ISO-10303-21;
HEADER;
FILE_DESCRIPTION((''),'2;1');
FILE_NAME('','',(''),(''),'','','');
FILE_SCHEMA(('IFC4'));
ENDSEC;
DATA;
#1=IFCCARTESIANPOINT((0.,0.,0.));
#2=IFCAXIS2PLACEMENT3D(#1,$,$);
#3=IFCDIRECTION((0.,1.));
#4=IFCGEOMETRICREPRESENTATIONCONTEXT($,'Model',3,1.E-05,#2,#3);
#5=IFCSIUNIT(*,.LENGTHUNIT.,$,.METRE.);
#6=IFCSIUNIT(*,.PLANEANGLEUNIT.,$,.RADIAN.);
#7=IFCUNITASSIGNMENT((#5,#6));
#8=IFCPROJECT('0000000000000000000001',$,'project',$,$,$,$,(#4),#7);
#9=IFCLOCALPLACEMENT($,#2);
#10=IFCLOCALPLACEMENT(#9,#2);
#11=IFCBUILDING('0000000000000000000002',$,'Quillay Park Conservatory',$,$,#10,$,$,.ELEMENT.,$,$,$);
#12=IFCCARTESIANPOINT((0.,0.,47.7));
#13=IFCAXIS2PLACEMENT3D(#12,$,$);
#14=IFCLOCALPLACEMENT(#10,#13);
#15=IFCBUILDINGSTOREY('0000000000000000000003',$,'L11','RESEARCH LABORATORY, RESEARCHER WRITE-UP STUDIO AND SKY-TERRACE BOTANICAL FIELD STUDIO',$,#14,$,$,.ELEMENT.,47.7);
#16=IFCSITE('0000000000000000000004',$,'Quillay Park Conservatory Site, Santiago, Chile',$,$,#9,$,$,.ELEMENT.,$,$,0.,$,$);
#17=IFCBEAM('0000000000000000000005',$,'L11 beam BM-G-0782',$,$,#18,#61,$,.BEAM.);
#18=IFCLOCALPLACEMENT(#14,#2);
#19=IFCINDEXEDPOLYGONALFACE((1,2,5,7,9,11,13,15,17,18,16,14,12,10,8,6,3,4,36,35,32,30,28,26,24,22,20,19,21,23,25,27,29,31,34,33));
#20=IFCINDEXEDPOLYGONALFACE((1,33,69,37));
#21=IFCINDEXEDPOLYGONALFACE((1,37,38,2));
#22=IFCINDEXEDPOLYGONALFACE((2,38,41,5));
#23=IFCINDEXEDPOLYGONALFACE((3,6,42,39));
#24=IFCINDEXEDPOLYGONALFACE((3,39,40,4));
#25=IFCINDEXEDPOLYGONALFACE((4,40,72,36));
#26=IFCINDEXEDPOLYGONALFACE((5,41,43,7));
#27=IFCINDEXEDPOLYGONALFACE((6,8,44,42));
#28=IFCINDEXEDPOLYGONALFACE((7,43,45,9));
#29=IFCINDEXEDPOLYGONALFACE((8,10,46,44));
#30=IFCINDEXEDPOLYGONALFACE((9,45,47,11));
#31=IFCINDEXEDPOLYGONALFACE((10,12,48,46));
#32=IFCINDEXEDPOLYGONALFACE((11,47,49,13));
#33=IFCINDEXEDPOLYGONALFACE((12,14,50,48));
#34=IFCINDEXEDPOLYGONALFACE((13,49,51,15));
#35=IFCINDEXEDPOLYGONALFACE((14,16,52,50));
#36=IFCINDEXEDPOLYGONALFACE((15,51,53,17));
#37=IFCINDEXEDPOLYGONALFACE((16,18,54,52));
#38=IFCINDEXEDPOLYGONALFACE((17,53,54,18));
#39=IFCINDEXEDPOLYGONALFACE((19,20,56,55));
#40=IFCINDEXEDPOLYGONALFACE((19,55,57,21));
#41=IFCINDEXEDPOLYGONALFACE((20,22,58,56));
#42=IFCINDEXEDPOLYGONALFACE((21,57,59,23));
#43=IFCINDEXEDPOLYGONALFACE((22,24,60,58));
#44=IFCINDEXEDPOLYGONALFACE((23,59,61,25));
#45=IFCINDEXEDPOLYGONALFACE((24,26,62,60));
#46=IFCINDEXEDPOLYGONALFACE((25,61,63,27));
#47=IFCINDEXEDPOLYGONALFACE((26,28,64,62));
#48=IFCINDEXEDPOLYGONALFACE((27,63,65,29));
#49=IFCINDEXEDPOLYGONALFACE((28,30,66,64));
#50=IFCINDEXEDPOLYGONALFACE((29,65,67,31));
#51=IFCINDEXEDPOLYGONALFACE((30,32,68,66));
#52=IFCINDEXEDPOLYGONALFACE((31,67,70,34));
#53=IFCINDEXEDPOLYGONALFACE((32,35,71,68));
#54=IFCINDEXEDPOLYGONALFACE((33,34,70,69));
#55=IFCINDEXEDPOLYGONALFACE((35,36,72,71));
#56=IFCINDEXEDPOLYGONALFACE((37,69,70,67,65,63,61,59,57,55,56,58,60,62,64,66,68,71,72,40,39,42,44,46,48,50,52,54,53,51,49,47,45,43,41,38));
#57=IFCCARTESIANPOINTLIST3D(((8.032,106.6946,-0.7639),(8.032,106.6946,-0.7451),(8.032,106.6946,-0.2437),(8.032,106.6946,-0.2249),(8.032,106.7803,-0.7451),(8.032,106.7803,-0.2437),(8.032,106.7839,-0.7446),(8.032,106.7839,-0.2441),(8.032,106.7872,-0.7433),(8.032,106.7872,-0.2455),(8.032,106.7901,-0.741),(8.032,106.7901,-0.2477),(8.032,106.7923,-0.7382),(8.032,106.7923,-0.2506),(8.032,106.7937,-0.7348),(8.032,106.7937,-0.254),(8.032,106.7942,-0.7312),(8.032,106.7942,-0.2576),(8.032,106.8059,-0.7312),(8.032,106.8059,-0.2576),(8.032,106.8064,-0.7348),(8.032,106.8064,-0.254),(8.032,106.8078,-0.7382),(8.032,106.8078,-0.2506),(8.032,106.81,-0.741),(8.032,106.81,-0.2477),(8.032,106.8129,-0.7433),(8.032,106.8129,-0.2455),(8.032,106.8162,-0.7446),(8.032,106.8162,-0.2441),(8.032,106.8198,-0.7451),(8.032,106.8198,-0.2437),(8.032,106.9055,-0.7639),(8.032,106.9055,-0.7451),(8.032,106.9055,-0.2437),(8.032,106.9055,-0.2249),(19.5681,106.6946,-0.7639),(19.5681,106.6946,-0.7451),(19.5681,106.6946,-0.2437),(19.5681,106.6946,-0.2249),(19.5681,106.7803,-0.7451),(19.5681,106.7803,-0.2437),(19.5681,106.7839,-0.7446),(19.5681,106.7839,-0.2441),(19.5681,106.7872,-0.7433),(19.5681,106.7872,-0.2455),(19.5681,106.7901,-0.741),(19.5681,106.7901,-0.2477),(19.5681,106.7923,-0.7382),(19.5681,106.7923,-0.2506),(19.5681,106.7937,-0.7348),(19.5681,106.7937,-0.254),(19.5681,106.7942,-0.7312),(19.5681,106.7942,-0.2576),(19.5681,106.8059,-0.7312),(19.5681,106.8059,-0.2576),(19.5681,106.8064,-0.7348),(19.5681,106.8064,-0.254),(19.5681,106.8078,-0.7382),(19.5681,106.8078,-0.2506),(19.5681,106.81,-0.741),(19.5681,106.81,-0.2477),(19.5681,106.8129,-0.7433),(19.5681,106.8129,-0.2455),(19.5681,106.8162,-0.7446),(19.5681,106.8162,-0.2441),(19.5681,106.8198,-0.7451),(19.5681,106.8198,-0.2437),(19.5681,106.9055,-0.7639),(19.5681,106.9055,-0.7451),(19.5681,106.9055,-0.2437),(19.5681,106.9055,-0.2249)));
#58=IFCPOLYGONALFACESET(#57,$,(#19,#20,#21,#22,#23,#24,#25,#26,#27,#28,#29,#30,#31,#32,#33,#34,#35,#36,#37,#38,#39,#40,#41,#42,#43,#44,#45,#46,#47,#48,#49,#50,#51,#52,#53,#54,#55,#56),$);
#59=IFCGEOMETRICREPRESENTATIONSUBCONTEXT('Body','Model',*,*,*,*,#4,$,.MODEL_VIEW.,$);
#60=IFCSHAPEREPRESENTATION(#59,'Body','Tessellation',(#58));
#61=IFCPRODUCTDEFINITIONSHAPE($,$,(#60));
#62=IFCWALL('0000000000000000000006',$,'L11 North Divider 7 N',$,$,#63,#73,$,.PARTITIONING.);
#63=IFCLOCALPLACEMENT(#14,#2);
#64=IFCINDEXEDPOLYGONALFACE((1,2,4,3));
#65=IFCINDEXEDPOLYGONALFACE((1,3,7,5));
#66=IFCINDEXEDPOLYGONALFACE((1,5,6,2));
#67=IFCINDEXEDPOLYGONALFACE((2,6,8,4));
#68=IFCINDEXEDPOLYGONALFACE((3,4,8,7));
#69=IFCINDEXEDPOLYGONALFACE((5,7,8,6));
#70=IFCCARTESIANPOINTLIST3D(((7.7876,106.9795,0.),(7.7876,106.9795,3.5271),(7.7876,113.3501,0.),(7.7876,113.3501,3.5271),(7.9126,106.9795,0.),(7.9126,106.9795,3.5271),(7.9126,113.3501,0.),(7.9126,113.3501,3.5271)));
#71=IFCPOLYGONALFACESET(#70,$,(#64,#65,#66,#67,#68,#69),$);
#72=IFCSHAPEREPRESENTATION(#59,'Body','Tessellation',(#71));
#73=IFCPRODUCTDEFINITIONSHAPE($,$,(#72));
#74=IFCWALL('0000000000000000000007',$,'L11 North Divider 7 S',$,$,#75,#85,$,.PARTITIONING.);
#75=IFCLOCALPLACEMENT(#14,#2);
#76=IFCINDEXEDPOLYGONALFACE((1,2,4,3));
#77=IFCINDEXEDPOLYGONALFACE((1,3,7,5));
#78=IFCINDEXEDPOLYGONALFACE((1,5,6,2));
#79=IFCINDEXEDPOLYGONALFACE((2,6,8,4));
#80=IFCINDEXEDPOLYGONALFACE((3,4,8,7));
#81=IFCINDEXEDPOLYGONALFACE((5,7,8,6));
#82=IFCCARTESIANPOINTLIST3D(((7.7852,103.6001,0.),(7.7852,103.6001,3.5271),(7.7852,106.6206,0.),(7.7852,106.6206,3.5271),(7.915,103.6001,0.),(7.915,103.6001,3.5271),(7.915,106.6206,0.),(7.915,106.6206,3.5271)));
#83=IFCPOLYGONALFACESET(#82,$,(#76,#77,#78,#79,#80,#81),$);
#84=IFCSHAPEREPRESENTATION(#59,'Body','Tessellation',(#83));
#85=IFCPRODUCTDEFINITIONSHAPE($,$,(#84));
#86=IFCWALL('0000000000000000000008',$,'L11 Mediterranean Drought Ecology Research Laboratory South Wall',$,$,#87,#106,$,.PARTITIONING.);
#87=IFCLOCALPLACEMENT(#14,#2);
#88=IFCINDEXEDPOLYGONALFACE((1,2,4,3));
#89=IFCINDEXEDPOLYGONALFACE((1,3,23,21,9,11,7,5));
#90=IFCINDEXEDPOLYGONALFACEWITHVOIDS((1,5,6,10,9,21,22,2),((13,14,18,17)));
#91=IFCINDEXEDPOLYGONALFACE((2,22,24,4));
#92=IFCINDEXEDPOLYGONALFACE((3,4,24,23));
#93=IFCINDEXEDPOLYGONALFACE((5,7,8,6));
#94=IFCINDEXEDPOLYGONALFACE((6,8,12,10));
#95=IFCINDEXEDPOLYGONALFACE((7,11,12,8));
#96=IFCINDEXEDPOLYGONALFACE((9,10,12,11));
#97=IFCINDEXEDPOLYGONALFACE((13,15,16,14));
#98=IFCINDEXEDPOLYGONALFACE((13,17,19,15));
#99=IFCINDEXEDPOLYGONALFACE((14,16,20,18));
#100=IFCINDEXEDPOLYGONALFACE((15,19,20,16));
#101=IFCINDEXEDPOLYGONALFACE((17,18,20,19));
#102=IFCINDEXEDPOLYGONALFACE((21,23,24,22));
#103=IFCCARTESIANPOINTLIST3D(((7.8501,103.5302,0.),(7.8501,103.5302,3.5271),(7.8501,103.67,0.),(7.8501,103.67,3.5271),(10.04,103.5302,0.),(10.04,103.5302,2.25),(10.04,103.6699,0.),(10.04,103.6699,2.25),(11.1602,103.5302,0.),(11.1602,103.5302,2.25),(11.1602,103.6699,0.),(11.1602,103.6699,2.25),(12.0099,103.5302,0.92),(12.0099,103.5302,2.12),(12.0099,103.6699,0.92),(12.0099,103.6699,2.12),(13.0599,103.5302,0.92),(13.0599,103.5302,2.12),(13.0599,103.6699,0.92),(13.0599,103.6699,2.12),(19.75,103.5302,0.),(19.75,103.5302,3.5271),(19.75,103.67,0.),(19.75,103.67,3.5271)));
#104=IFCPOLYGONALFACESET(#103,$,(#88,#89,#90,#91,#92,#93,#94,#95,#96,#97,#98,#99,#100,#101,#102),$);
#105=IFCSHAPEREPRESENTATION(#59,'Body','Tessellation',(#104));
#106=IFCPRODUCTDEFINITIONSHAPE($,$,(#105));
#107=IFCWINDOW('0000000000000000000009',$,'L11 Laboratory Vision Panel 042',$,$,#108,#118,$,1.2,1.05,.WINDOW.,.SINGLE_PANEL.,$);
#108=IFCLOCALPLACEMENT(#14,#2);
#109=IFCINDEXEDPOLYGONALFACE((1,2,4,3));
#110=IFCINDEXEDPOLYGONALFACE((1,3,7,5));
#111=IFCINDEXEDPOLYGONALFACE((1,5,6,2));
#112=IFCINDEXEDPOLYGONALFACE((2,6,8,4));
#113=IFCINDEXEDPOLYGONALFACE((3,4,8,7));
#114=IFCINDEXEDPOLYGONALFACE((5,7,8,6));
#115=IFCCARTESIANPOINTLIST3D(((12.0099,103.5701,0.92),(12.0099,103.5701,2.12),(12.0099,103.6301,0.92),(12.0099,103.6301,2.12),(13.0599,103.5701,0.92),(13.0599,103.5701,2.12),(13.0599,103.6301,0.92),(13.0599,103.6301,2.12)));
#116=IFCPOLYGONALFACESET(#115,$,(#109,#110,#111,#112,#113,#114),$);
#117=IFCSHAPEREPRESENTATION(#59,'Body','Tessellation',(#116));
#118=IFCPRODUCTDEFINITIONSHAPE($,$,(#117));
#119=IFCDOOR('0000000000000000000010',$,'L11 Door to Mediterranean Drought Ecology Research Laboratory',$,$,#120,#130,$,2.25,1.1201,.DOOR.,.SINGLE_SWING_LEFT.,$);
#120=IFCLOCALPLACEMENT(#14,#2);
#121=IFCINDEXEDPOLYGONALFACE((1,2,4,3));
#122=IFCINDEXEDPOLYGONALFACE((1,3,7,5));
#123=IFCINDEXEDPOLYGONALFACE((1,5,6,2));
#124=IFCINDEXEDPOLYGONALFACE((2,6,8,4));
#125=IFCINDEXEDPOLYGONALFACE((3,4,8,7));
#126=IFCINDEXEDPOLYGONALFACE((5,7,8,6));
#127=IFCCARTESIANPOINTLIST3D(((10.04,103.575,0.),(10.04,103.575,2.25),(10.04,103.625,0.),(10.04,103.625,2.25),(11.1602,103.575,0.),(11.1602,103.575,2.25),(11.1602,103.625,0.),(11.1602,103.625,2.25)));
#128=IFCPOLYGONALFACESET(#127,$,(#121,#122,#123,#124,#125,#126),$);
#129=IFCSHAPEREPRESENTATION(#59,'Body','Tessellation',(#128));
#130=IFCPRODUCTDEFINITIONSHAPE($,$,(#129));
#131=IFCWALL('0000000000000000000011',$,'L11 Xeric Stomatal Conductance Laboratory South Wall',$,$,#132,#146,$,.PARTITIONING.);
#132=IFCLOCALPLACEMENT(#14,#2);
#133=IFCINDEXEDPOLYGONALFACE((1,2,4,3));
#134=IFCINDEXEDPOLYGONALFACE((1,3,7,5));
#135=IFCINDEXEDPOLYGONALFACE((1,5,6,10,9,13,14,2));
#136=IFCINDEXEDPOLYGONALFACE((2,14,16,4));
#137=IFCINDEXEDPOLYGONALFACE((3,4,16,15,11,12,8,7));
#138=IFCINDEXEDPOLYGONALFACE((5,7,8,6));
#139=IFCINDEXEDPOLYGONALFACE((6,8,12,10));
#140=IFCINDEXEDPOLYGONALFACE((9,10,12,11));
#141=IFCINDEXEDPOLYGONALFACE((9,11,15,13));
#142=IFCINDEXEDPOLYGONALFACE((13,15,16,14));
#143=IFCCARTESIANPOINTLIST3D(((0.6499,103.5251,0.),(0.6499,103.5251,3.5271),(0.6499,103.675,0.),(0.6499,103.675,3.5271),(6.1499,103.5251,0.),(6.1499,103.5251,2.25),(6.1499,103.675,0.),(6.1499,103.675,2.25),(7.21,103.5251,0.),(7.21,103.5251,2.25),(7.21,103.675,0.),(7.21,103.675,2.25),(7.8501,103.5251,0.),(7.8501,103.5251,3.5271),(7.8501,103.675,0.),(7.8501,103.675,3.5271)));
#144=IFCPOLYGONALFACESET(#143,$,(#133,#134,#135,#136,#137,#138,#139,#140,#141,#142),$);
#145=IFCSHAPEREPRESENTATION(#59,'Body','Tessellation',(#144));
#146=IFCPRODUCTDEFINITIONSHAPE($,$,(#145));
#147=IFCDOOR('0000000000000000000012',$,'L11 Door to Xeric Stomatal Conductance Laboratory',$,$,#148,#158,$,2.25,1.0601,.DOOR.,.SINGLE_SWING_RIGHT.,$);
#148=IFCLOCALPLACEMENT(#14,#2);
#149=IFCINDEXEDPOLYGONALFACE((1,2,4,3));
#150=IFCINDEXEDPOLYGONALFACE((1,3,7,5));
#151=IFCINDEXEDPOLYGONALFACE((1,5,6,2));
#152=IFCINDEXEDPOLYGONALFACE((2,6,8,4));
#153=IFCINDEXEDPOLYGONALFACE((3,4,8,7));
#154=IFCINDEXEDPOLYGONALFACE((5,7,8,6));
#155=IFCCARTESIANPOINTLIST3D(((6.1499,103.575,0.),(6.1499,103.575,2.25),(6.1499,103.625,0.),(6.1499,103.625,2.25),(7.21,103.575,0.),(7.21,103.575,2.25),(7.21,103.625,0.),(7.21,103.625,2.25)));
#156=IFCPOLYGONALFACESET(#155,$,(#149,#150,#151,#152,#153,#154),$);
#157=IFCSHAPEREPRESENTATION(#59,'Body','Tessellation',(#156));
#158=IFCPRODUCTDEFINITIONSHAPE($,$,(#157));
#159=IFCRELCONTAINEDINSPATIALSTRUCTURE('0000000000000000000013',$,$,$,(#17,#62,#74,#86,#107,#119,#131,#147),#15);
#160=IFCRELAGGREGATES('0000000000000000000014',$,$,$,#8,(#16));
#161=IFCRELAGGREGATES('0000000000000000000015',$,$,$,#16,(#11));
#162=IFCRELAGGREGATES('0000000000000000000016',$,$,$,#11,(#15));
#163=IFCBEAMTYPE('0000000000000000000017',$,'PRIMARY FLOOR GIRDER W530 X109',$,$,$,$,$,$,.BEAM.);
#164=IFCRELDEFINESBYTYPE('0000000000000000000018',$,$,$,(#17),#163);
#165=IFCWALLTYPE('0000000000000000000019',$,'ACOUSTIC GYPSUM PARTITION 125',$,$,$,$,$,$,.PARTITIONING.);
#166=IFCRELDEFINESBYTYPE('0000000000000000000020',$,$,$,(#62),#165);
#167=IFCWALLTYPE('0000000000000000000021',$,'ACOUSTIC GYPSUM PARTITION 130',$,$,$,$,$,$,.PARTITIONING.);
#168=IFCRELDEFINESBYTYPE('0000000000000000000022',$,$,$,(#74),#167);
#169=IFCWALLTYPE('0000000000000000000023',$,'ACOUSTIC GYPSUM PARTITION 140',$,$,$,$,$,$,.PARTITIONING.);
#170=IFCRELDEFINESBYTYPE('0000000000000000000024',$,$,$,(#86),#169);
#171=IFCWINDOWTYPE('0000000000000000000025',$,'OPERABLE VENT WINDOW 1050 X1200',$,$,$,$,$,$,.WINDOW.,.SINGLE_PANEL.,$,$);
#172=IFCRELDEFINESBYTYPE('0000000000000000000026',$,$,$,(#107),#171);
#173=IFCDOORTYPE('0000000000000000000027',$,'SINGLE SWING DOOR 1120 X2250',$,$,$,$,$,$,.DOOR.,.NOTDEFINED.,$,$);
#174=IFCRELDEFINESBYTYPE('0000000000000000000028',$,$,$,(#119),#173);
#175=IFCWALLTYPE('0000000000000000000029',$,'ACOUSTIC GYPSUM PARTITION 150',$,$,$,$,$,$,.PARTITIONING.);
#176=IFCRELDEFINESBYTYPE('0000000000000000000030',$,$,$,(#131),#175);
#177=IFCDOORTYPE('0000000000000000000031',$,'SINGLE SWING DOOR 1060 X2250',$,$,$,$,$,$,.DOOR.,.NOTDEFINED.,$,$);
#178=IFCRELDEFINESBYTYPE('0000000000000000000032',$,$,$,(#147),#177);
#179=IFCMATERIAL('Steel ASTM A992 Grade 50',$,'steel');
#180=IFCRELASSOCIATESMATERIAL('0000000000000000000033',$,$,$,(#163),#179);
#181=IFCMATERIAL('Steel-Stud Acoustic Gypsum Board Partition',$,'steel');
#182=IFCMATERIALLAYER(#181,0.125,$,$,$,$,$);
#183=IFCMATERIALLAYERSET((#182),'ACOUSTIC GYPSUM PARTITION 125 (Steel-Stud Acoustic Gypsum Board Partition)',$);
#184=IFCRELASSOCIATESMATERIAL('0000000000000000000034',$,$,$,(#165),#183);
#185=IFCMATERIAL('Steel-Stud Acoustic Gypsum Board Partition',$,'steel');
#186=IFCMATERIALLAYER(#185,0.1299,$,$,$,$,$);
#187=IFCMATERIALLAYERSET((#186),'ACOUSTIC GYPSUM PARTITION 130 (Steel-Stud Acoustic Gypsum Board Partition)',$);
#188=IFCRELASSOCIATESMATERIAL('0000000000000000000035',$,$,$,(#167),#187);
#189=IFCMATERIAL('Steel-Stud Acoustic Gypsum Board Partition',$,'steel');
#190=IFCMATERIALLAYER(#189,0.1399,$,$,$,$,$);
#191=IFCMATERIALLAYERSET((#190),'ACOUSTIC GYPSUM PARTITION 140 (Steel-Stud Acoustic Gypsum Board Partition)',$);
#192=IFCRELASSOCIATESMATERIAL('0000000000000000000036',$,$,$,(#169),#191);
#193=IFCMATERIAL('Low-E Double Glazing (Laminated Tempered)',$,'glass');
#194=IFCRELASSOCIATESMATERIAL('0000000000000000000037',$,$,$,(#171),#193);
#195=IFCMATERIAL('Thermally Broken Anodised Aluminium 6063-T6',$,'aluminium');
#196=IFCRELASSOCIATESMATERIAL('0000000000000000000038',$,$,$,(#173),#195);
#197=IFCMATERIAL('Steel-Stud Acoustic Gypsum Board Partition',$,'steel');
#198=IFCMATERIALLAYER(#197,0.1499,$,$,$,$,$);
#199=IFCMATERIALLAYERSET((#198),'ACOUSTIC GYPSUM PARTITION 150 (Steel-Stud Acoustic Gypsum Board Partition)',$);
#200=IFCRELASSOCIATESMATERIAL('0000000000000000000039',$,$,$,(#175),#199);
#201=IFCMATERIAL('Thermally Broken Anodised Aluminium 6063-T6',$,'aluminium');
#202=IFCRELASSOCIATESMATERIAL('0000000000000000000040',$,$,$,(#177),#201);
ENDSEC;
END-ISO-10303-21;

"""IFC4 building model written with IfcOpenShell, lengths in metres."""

from ifc_helpers import new_model, si_unit, direction, frame, frame_2d, origin, origin_2d, place, context, subcontext, project, spatial, rectangle, i_section, extrude, material, layer, layer_set, material_profile, profile_set, type_object, element, fill, save


model = new_model("IFC4")

# Units and contexts
model_context = context("Model", 3, precision=1e-05, world=origin(), true_north=direction((0.0, 1.0)))
body_context = subcontext(model_context, "Body", "Model", "MODEL_VIEW")
ifc_project = project(units=[si_unit("LENGTHUNIT", "METRE"), si_unit("PLANEANGLEUNIT", "RADIAN")], contexts=[model_context])

# Site, building, storey
site_placement = place(None, origin())
site = spatial("IfcSite", under=ifc_project, at=site_placement, Name="Quillay Park Conservatory Site, Santiago, Chile", CompositionType="ELEMENT", RefElevation=0.0)
building_placement = place(site_placement, origin())
building = spatial("IfcBuilding", under=site, at=building_placement, Name="Quillay Park Conservatory", CompositionType="ELEMENT")
storey_placement = place(building_placement, frame((0.0, 0.0, 47.7)))
storey = spatial("IfcBuildingStorey", under=building, at=storey_placement, Name="L11", Description="RESEARCH LABORATORY, RESEARCHER WRITE-UP STUDIO AND SKY-TERRACE BOTANICAL FIELD STUDIO", CompositionType="ELEMENT", Elevation=47.7)

# Beam
ifc_material_1 = material(Name="Steel ASTM A992 Grade 50", Category="steel")
ifc_material_profile_1 = material_profile(ifc_material_1, i_section(OverallWidth=0.2109, OverallDepth=0.5391, WebThickness=0.0117, FlangeThickness=0.0188, FilletRadius=0.0139, at=origin_2d()), Name="W530x109")
ifc_profile_set_1 = profile_set([ifc_material_profile_1], Name="Steel ASTM A992 Grade 50")
beam_type_1 = type_object("IfcBeamType", Name="PRIMARY FLOOR GIRDER W530 X109", PredefinedType="BEAM", material=ifc_profile_set_1)
beam_1_placement = place(storey_placement, frame((8.032, 106.8, -0.4944), z_axis=(1.0, 0.0, 0.0), x_axis=(0.0, 1.0, 0.0)))
element("IfcBeam", 1, at=beam_1_placement, inside=storey, type_object=beam_type_1, Name="L11 beam BM-G-0782", PredefinedType="BEAM", context=body_context, shape_type="SweptSolid", body=[
    extrude(i_section(OverallWidth=0.2109, OverallDepth=0.5391, WebThickness=0.0117, FlangeThickness=0.0188, FilletRadius=0.0139, at=origin_2d()), origin(), (0.0, 0.0, 1.0), 11.5361),
])

# Walls
ifc_material_2 = material(Name="Steel-Stud Acoustic Gypsum Board Partition", Category="steel")
ifc_layer_1 = layer(ifc_material_2, 0.125)
ifc_layer_set_1 = layer_set([ifc_layer_1], Name="ACOUSTIC GYPSUM PARTITION 125 (Steel-Stud Acoustic Gypsum Board Partition)")
wall_type_1 = type_object("IfcWallType", Name="ACOUSTIC GYPSUM PARTITION 125", PredefinedType="PARTITIONING", material=ifc_layer_set_1)
wall_1_placement = place(storey_placement, frame((7.8501, 113.3501, 0.0), z_axis=(0.0, 0.0, 1.0), x_axis=(0.0, -1.0, 0.0)))
element("IfcWall", 2, at=wall_1_placement, inside=storey, type_object=wall_type_1, Name="L11 North Divider 7 N", PredefinedType="PARTITIONING", context=body_context, shape_type="SweptSolid", body=[
    extrude(rectangle(XDim=6.3706, YDim=0.125, at=frame_2d((3.1853, 0.0))), origin(), (0.0, 0.0, 1.0), 3.5271),
])
ifc_material_3 = material(Name="Steel-Stud Acoustic Gypsum Board Partition", Category="steel")
ifc_layer_2 = layer(ifc_material_3, 0.1299)
ifc_layer_set_2 = layer_set([ifc_layer_2], Name="ACOUSTIC GYPSUM PARTITION 130 (Steel-Stud Acoustic Gypsum Board Partition)")
wall_type_2 = type_object("IfcWallType", Name="ACOUSTIC GYPSUM PARTITION 130", PredefinedType="PARTITIONING", material=ifc_layer_set_2)
wall_2_placement = place(storey_placement, frame((7.8501, 106.6206, 0.0), z_axis=(0.0, 0.0, 1.0), x_axis=(0.0, -1.0, 0.0)))
element("IfcWall", 3, at=wall_2_placement, inside=storey, type_object=wall_type_2, Name="L11 North Divider 7 S", PredefinedType="PARTITIONING", context=body_context, shape_type="SweptSolid", body=[
    extrude(rectangle(XDim=3.0205, YDim=0.1299, at=frame_2d((1.5103, 0.0))), origin(), (0.0, 0.0, 1.0), 3.5271),
])

# Wall, openings, window, door
ifc_material_4 = material(Name="Steel-Stud Acoustic Gypsum Board Partition", Category="steel")
ifc_layer_3 = layer(ifc_material_4, 0.1399)
ifc_layer_set_3 = layer_set([ifc_layer_3], Name="ACOUSTIC GYPSUM PARTITION 140 (Steel-Stud Acoustic Gypsum Board Partition)")
wall_type_3 = type_object("IfcWallType", Name="ACOUSTIC GYPSUM PARTITION 140", PredefinedType="PARTITIONING", material=ifc_layer_set_3)
wall_3_placement = place(storey_placement, frame((7.8501, 103.6001, 0.0), z_axis=(0.0, 0.0, 1.0), x_axis=(1.0, 0.0, 0.0)))
wall_3 = element("IfcWall", 4, at=wall_3_placement, inside=storey, type_object=wall_type_3, Name="L11 Mediterranean Drought Ecology Research Laboratory South Wall", PredefinedType="PARTITIONING", context=body_context, shape_type="SweptSolid", body=[
    extrude(rectangle(XDim=11.8999, YDim=0.1399, at=frame_2d((5.95, 0.0))), origin(), (0.0, 0.0, 1.0), 3.5271),
])
opening_1_placement = place(wall_3_placement, frame((2.1899, 0.0, 0.0)))
opening_1 = element("IfcOpeningElement", 5, at=opening_1_placement, cuts=wall_3, PredefinedType="OPENING", context=body_context, shape_type="SweptSolid", body=[
    extrude(rectangle(XDim=1.1201, YDim=2.25, at=frame_2d((0.5601, 1.125))), frame((0.0, 0.0698, 0.0), z_axis=(0.0, -1.0, 0.0), x_axis=(1.0, 0.0, 0.0)), (0.0, 0.0, 1.0), 0.1399),
])
opening_2_placement = place(wall_3_placement, frame((4.1599, 0.0, 0.9199)))
opening_2 = element("IfcOpeningElement", 6, at=opening_2_placement, cuts=wall_3, PredefinedType="OPENING", context=body_context, shape_type="SweptSolid", body=[
    extrude(rectangle(XDim=1.05, YDim=1.2, at=frame_2d((0.5249, 0.6001))), frame((0.0, 0.0698, 0.0), z_axis=(0.0, -1.0, 0.0), x_axis=(1.0, 0.0, 0.0)), (0.0, 0.0, 1.0), 0.1399),
])
ifc_material_5 = material(Name="Low-E Double Glazing (Laminated Tempered)", Category="glass")
window_type_1 = type_object("IfcWindowType", Name="OPERABLE VENT WINDOW 1050 X1200", PartitioningType="SINGLE_PANEL", PredefinedType="WINDOW", material=ifc_material_5)
window_1_placement = place(opening_2_placement, origin())
window_1 = element("IfcWindow", 7, at=window_1_placement, inside=storey, type_object=window_type_1, Name="L11 Laboratory Vision Panel 042", OverallHeight=1.2, OverallWidth=1.05, PartitioningType="SINGLE_PANEL", PredefinedType="WINDOW", context=body_context, shape_type="SweptSolid", body=[
    extrude(rectangle(XDim=1.05, YDim=1.2, at=frame_2d((0.5249, 0.6001))), frame((0.0, 0.03, 0.0), z_axis=(0.0, -1.0, 0.0), x_axis=(1.0, 0.0, 0.0)), (0.0, 0.0, 1.0), 0.0601),
])
fill(opening_2, window_1)
ifc_material_6 = material(Name="Thermally Broken Anodised Aluminium 6063-T6", Category="aluminium")
door_type_1 = type_object("IfcDoorType", Name="SINGLE SWING DOOR 1120 X2250", OperationType="NOTDEFINED", PredefinedType="DOOR", material=ifc_material_6)
door_1_placement = place(opening_1_placement, origin())
door_1 = element("IfcDoor", 8, at=door_1_placement, inside=storey, type_object=door_type_1, Name="L11 Door to Mediterranean Drought Ecology Research Laboratory", OperationType="SINGLE_SWING_LEFT", OverallHeight=2.25, OverallWidth=1.1201, PredefinedType="DOOR", context=body_context, shape_type="SweptSolid", body=[
    extrude(rectangle(XDim=1.1201, YDim=2.25, at=frame_2d((0.5601, 1.125))), frame((0.0, 0.0249, 0.0), z_axis=(0.0, -1.0, 0.0), x_axis=(1.0, 0.0, 0.0)), (0.0, 0.0, 1.0), 0.05),
])
fill(opening_1, door_1)

# Wall, opening, door
ifc_material_7 = material(Name="Steel-Stud Acoustic Gypsum Board Partition", Category="steel")
ifc_layer_4 = layer(ifc_material_7, 0.1499)
ifc_layer_set_4 = layer_set([ifc_layer_4], Name="ACOUSTIC GYPSUM PARTITION 150 (Steel-Stud Acoustic Gypsum Board Partition)")
wall_type_4 = type_object("IfcWallType", Name="ACOUSTIC GYPSUM PARTITION 150", PredefinedType="PARTITIONING", material=ifc_layer_set_4)
wall_4_placement = place(storey_placement, frame((0.6499, 103.6001, 0.0), z_axis=(0.0, 0.0, 1.0), x_axis=(1.0, 0.0, 0.0)))
wall_4 = element("IfcWall", 9, at=wall_4_placement, inside=storey, type_object=wall_type_4, Name="L11 Xeric Stomatal Conductance Laboratory South Wall", PredefinedType="PARTITIONING", context=body_context, shape_type="SweptSolid", body=[
    extrude(rectangle(XDim=7.2002, YDim=0.1499, at=frame_2d((3.6001, 0.0))), origin(), (0.0, 0.0, 1.0), 3.5271),
])
opening_3_placement = place(wall_4_placement, frame((5.5, 0.0, 0.0)))
opening_3 = element("IfcOpeningElement", 10, at=opening_3_placement, cuts=wall_4, PredefinedType="OPENING", context=body_context, shape_type="SweptSolid", body=[
    extrude(rectangle(XDim=1.0601, YDim=2.25, at=frame_2d((0.53, 1.125))), frame((0.0, 0.075, 0.0), z_axis=(0.0, -1.0, 0.0), x_axis=(1.0, 0.0, 0.0)), (0.0, 0.0, 1.0), 0.1499),
])
ifc_material_8 = material(Name="Thermally Broken Anodised Aluminium 6063-T6", Category="aluminium")
door_type_2 = type_object("IfcDoorType", Name="SINGLE SWING DOOR 1060 X2250", OperationType="NOTDEFINED", PredefinedType="DOOR", material=ifc_material_8)
door_2_placement = place(opening_3_placement, origin())
door_2 = element("IfcDoor", 11, at=door_2_placement, inside=storey, type_object=door_type_2, Name="L11 Door to Xeric Stomatal Conductance Laboratory", OperationType="SINGLE_SWING_RIGHT", OverallHeight=2.25, OverallWidth=1.0601, PredefinedType="DOOR", context=body_context, shape_type="SweptSolid", body=[
    extrude(rectangle(XDim=1.0601, YDim=2.25, at=frame_2d((0.53, 1.125))), frame((0.0, 0.0249, 0.0), z_axis=(0.0, -1.0, 0.0), x_axis=(1.0, 0.0, 0.0)), (0.0, 0.0, 1.0), 0.05),
])
fill(opening_3, door_2)

save(model, "model.ifc")
